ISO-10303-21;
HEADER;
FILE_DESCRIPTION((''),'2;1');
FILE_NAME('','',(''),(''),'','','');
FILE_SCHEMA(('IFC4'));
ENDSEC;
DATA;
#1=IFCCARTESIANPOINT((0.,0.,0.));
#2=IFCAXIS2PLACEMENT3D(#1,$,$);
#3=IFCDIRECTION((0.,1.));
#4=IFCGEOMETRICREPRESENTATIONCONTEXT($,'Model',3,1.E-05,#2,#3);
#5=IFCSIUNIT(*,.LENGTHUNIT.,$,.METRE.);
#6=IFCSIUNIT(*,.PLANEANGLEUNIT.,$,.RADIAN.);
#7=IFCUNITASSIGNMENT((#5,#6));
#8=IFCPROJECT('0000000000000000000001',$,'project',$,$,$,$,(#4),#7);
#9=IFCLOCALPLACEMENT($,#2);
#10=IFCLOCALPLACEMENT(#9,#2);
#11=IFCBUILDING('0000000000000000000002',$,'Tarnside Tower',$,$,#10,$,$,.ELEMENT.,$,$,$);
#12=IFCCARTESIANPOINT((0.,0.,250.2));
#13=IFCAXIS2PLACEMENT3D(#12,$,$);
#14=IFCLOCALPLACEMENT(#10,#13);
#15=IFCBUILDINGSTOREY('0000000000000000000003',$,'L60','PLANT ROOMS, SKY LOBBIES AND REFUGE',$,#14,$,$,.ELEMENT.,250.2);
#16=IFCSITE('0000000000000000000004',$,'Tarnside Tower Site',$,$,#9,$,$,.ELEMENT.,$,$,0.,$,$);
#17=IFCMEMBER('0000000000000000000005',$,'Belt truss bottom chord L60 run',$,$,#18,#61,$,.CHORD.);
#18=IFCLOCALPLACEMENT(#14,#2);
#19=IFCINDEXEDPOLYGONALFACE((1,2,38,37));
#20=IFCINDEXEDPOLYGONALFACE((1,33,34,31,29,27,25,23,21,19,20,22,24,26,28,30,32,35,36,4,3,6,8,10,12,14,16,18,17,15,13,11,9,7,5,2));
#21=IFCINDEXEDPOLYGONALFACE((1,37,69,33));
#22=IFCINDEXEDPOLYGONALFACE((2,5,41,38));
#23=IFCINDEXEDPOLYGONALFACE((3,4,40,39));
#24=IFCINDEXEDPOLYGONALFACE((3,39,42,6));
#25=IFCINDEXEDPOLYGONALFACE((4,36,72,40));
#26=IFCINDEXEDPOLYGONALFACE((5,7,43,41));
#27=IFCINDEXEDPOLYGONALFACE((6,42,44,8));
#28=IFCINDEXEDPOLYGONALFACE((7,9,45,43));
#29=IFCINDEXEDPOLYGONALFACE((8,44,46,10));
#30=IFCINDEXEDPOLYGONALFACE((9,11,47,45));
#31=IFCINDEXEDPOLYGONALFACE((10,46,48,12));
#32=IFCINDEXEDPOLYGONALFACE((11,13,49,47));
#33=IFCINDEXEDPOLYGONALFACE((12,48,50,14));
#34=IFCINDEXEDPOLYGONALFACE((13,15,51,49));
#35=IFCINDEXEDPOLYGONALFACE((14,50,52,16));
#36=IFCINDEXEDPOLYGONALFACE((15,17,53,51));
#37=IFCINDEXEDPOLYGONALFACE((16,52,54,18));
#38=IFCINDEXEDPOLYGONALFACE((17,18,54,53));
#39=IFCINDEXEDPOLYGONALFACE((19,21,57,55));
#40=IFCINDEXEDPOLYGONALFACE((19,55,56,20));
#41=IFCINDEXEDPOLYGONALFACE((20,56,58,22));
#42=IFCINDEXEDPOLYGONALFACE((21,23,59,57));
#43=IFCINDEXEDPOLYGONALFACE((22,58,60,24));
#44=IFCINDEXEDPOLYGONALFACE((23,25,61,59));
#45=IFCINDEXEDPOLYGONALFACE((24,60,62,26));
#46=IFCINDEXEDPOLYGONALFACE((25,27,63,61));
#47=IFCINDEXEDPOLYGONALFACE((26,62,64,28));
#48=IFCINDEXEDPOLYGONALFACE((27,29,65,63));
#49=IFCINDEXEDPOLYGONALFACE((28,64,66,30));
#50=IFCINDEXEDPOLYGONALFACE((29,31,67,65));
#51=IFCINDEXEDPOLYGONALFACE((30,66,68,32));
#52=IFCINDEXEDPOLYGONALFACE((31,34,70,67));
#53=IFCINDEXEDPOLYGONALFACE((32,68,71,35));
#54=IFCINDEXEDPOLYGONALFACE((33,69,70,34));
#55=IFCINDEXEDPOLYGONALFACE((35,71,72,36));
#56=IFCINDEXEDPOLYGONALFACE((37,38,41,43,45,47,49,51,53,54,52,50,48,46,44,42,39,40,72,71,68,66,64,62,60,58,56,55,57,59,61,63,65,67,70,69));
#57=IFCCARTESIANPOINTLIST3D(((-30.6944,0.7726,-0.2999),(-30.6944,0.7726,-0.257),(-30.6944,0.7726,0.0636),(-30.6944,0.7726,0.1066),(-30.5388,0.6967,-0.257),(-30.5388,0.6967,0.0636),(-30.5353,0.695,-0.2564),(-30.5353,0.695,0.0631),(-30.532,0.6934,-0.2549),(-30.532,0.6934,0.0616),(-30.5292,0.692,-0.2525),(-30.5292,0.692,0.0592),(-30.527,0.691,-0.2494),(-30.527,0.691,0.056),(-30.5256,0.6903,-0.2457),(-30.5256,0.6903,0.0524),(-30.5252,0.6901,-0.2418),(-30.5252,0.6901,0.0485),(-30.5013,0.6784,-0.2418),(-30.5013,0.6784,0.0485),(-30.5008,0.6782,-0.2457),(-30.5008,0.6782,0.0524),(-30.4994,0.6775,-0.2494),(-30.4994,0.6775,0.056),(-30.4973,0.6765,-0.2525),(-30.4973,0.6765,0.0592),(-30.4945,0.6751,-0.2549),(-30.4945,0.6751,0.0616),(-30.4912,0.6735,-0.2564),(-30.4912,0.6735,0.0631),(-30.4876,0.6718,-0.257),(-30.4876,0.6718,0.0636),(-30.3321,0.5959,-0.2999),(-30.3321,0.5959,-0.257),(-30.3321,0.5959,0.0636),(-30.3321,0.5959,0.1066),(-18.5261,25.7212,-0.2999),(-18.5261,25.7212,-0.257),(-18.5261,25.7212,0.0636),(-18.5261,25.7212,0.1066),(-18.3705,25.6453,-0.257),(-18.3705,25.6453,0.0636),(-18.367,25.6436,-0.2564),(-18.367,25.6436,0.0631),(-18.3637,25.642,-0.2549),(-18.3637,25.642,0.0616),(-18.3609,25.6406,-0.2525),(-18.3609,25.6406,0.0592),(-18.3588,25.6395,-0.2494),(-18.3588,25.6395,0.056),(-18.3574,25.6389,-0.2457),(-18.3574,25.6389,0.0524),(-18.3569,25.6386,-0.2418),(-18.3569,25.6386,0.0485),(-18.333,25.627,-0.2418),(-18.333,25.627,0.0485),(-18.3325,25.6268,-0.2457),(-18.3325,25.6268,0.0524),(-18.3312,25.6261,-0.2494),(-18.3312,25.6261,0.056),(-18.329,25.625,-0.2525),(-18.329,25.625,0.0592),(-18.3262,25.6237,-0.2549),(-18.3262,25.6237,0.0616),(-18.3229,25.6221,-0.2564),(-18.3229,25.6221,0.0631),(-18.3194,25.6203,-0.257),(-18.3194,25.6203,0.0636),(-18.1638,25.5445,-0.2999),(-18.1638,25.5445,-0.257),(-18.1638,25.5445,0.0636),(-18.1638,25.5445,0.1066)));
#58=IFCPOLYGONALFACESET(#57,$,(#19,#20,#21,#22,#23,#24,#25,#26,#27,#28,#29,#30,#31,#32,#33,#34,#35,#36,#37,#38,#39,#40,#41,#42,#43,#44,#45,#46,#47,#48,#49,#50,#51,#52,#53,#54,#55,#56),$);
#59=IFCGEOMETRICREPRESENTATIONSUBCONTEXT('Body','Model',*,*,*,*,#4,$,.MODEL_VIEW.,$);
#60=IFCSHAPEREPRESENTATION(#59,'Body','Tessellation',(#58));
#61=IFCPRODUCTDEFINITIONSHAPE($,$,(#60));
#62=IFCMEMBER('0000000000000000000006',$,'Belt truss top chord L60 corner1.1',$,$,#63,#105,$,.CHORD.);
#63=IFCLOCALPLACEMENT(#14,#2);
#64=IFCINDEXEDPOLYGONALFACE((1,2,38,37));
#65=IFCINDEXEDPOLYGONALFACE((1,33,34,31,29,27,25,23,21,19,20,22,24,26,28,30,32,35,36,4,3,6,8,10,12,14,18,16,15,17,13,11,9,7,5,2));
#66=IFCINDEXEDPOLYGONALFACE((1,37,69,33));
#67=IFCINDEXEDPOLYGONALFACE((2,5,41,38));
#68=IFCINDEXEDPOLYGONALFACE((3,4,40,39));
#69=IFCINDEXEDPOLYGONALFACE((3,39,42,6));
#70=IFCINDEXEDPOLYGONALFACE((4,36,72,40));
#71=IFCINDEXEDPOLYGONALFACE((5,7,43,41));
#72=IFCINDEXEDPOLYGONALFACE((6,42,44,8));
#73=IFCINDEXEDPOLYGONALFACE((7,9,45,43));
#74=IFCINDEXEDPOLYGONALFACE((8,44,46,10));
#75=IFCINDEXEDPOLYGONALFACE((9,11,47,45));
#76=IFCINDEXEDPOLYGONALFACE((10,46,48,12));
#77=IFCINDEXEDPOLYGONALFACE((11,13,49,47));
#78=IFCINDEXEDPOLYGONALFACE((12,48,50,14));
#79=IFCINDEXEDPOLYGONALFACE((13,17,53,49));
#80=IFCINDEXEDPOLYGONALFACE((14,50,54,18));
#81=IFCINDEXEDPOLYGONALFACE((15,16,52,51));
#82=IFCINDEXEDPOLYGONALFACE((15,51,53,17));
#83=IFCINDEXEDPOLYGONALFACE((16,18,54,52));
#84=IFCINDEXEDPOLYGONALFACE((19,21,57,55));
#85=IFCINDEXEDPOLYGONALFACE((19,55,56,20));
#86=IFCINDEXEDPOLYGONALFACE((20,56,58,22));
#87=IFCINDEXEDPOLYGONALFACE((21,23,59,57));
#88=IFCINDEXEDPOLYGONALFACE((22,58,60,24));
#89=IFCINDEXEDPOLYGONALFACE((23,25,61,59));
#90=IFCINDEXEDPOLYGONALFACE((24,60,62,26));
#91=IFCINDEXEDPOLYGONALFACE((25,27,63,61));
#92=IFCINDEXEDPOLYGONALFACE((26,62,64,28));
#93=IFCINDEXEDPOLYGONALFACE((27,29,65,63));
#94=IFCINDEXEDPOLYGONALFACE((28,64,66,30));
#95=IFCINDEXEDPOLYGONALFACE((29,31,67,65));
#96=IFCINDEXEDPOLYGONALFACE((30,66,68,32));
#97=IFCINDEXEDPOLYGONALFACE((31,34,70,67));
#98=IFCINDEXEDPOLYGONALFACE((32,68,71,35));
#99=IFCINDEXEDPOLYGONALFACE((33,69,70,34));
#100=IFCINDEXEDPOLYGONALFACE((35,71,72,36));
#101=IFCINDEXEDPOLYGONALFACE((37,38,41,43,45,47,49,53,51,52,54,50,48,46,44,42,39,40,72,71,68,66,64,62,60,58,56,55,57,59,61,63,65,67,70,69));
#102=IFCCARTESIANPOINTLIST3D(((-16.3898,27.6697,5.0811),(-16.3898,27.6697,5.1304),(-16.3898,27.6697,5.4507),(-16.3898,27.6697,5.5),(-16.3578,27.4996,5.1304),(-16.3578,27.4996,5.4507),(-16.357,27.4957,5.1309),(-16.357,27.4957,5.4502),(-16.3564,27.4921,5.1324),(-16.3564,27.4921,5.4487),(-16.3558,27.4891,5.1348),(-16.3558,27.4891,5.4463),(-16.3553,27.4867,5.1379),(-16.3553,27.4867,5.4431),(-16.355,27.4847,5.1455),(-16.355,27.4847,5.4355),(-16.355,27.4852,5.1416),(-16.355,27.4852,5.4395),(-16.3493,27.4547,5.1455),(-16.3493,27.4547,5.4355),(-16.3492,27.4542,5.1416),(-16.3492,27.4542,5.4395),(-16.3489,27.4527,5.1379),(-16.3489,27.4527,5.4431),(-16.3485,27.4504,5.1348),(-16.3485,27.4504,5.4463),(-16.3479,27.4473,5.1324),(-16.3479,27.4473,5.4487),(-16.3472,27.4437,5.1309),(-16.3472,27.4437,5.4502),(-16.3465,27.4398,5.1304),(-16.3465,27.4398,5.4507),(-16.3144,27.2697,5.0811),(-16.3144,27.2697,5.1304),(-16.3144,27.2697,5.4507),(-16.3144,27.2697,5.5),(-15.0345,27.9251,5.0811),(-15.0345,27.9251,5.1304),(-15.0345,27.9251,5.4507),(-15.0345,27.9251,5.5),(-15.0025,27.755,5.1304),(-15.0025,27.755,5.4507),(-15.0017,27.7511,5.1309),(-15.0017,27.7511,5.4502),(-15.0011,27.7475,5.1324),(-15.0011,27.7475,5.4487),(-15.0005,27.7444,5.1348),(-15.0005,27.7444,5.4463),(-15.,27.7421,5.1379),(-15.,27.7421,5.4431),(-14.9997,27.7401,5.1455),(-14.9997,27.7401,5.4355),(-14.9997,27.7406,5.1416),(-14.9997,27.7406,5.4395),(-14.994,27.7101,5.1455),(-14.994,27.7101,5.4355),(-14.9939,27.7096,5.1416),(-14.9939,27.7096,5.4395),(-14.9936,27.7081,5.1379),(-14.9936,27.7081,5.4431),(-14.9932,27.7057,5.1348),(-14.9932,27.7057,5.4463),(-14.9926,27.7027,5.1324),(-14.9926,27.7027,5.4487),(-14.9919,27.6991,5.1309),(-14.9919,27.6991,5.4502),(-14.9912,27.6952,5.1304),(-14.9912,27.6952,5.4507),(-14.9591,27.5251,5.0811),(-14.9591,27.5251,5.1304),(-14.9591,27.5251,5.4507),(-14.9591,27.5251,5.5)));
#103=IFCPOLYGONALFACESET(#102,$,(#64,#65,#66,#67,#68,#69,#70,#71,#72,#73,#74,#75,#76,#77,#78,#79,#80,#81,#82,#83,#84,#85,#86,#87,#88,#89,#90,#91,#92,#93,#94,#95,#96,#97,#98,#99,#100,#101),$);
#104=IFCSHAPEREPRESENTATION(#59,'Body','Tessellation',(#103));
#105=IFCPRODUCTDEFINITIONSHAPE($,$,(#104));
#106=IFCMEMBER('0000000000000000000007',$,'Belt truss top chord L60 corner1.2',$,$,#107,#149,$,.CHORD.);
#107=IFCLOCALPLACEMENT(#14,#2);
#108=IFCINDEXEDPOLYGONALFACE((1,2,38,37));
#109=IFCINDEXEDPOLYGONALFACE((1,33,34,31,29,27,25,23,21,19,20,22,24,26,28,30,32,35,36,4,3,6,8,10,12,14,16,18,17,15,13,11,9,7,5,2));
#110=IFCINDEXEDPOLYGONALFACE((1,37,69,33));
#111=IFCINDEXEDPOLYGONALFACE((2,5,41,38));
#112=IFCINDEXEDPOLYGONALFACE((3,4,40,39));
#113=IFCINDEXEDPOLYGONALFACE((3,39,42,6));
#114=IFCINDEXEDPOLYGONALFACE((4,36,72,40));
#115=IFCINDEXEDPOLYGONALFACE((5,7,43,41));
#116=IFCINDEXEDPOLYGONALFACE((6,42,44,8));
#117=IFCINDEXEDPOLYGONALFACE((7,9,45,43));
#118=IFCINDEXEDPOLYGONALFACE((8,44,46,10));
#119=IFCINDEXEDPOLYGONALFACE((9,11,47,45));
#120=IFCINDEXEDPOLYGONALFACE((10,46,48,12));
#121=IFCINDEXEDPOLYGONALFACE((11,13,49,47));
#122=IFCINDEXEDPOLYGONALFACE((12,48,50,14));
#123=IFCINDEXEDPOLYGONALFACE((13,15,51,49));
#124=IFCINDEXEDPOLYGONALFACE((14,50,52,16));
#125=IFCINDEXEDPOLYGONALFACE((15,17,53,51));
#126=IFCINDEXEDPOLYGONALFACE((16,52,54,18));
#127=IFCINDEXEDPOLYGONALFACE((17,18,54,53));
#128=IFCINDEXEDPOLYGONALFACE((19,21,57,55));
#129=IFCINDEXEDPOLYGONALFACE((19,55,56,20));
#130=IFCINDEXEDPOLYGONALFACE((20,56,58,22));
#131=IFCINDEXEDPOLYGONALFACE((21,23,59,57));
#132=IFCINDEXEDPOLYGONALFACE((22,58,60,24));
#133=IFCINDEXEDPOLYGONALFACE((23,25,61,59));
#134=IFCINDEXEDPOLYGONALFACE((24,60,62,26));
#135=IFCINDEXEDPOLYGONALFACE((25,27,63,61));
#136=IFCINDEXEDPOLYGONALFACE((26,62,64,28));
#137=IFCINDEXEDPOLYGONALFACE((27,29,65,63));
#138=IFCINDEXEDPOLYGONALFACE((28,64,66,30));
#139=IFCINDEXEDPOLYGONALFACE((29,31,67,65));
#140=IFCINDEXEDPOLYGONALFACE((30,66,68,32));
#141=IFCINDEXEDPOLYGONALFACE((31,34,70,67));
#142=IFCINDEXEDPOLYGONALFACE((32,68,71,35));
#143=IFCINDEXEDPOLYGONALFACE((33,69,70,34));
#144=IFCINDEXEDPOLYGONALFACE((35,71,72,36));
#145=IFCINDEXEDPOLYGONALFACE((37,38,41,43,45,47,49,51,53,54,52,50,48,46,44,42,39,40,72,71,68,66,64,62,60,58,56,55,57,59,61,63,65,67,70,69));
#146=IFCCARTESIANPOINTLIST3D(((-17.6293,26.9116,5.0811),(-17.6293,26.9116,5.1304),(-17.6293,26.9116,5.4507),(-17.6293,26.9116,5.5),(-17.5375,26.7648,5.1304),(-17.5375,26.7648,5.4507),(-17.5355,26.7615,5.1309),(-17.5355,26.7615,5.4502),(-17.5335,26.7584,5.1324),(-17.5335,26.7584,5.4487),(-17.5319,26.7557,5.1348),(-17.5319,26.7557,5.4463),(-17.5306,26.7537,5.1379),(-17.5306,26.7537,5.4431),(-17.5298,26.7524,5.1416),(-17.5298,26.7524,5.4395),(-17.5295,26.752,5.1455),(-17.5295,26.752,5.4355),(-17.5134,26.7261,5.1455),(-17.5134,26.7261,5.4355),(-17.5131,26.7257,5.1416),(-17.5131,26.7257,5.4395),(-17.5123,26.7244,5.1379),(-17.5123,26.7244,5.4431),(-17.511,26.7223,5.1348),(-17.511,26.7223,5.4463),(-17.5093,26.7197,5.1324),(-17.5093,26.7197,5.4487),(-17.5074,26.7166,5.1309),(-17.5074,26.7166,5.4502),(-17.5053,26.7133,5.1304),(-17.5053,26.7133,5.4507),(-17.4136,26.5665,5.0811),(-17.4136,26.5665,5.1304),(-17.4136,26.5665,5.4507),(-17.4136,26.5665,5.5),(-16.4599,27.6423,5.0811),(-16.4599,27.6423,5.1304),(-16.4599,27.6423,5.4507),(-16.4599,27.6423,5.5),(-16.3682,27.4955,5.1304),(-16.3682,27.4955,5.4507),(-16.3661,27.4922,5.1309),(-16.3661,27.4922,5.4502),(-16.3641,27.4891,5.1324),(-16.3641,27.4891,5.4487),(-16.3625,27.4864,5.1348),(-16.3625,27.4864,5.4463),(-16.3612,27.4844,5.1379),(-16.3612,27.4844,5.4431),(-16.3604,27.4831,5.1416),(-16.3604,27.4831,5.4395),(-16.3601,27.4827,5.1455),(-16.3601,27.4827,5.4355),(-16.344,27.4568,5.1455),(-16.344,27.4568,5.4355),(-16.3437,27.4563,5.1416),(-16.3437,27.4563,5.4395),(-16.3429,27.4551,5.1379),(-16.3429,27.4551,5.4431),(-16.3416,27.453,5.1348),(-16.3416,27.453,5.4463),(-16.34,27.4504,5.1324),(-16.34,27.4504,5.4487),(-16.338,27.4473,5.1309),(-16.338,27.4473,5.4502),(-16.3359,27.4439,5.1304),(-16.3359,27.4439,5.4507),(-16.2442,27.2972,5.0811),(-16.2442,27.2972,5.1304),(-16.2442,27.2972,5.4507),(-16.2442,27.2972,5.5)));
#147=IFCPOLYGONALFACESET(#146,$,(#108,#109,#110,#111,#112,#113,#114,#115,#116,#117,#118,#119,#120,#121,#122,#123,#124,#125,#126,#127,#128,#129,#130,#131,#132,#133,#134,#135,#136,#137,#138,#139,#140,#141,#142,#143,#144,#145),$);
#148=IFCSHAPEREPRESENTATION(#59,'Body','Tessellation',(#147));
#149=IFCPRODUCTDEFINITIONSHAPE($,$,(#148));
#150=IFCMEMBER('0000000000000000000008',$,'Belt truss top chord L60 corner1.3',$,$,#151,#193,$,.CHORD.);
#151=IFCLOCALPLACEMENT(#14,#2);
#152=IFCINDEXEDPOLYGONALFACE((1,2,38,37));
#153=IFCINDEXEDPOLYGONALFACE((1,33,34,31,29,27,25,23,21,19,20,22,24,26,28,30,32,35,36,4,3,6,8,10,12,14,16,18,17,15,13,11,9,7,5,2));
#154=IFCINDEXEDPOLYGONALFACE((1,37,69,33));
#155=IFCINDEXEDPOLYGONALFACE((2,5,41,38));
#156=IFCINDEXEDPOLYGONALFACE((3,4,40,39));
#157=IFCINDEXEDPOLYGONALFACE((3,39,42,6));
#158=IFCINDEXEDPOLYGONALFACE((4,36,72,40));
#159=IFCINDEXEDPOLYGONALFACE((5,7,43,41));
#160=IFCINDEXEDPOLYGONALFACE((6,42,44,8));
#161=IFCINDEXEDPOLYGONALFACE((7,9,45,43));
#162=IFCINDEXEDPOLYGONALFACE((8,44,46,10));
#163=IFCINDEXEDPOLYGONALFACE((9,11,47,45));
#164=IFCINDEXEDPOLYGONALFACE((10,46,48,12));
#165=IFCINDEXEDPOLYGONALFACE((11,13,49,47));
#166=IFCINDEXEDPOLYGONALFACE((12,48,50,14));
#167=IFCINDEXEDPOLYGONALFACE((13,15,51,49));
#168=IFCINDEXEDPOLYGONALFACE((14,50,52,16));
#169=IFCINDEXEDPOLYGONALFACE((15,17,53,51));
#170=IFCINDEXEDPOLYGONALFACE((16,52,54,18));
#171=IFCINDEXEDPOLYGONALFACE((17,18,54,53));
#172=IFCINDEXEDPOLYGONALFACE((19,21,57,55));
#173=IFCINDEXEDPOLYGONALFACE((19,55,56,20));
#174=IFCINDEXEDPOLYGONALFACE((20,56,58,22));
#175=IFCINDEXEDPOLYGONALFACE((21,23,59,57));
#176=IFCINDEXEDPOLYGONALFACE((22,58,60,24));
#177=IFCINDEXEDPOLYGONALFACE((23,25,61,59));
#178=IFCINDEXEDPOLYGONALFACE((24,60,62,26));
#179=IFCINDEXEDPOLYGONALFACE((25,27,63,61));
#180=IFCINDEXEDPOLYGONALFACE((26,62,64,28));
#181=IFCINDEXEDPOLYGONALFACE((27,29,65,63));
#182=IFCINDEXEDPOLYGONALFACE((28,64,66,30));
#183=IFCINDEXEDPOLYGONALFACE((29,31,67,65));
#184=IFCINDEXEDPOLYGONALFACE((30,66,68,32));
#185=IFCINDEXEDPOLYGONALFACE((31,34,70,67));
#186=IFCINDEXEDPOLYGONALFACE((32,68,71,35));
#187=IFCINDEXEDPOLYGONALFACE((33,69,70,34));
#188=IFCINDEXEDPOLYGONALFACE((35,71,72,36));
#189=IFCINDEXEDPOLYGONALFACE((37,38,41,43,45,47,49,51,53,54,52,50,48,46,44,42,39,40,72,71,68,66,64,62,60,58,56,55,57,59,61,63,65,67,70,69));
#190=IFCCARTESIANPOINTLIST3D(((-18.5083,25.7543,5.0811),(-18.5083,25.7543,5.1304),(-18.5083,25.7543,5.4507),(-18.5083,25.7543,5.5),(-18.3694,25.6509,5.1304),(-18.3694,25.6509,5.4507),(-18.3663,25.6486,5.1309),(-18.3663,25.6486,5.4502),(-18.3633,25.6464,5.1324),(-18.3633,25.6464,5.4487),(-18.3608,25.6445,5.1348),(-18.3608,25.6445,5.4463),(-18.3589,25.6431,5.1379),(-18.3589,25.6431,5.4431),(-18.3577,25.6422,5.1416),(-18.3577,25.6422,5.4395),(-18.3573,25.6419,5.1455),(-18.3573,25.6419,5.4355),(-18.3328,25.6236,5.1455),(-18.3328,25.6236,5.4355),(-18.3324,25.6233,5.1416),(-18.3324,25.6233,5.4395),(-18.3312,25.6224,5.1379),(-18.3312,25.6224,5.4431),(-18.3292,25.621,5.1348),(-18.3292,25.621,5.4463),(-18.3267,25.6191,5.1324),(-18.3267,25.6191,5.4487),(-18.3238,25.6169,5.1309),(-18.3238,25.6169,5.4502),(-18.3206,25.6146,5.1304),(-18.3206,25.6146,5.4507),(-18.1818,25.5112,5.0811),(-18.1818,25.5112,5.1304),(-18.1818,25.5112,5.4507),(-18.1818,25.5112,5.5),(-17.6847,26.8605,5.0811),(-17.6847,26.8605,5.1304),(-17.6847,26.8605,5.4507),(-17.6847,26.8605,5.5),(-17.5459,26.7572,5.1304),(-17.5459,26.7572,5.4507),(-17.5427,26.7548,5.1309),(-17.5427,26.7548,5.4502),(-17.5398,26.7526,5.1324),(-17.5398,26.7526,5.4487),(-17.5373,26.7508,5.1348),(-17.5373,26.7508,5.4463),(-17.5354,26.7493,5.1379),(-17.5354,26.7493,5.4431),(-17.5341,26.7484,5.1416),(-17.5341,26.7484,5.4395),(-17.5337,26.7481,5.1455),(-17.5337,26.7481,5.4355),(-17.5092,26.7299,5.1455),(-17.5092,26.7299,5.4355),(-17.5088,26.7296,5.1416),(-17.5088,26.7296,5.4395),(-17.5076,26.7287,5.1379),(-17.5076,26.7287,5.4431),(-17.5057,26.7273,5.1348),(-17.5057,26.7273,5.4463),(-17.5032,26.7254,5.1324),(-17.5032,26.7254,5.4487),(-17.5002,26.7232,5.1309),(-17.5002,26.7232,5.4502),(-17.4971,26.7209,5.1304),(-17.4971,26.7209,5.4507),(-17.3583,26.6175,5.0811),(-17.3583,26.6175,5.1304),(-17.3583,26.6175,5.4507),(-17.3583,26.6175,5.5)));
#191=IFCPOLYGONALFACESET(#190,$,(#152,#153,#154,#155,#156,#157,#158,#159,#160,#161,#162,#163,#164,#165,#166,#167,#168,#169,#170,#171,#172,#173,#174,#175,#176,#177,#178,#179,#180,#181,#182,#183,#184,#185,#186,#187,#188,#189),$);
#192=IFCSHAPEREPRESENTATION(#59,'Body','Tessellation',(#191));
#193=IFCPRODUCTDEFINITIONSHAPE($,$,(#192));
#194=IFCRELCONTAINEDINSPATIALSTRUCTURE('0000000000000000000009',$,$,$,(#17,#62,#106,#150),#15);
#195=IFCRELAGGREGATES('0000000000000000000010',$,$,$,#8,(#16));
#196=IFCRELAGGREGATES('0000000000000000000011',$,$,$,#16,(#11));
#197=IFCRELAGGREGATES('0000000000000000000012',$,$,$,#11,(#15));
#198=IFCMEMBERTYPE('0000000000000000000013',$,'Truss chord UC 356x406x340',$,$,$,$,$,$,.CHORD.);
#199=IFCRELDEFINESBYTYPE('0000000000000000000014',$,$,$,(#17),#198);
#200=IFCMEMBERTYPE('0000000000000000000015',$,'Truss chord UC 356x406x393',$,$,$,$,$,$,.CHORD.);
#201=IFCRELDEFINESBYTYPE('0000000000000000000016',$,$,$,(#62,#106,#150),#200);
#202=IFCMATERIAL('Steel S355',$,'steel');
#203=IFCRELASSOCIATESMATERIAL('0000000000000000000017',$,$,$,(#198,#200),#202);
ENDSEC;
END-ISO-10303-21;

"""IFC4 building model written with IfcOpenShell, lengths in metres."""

from ifc_helpers import new_model, si_unit, direction, frame, origin, origin_2d, place, context, subcontext, project, spatial, i_section, extrude, material, material_profile, profile_set, type_object, element, save


model = new_model("IFC4")

# Units and contexts
model_context = context("Model", 3, precision=1e-05, world=origin(), true_north=direction((0.0, 1.0)))
body_context = subcontext(model_context, "Body", "Model", "MODEL_VIEW")
ifc_project = project(units=[si_unit("LENGTHUNIT", "METRE"), si_unit("PLANEANGLEUNIT", "RADIAN")], contexts=[model_context])

# Site, building, storey
site_placement = place(None, origin())
site = spatial("IfcSite", under=ifc_project, at=site_placement, Name="Tarnside Tower Site", CompositionType="ELEMENT", RefElevation=0.0)
building_placement = place(site_placement, origin())
building = spatial("IfcBuilding", under=site, at=building_placement, Name="Tarnside Tower", CompositionType="ELEMENT")
storey_placement = place(building_placement, frame((0.0, 0.0, 250.2)))
storey = spatial("IfcBuildingStorey", under=building, at=storey_placement, Name="L60", Description="PLANT ROOMS, SKY LOBBIES AND REFUGE", CompositionType="ELEMENT", Elevation=250.2)

# Shared definitions
ifc_material_1 = material(Name="Steel S355", Category="steel")

# Members
ifc_material_profile_1 = material_profile(ifc_material_1, i_section(OverallWidth=0.4031, OverallDepth=0.4065, WebThickness=0.0266, FlangeThickness=0.043, FilletRadius=0.0151, at=origin_2d()), Name="UC 356x406x340")
ifc_profile_set_1 = profile_set([ifc_material_profile_1], Name="Steel S355")
member_type_1 = type_object("IfcMemberType", Name="Truss chord UC 356x406x340", PredefinedType="CHORD", material=ifc_profile_set_1)
member_1_placement = place(storey_placement, frame((-18.345, 25.6328, -0.0967), z_axis=(-0.438372, -0.898794, 0.0), x_axis=(0.898794, -0.438372, 0.0)))
element("IfcMember", 1, at=member_1_placement, inside=storey, type_object=member_type_1, Name="Belt truss bottom chord L60 run", PredefinedType="CHORD", context=body_context, shape_type="SweptSolid", body=[
    extrude(i_section(OverallWidth=0.4031, OverallDepth=0.4065, WebThickness=0.0266, FlangeThickness=0.043, FilletRadius=0.0151, at=origin_2d()), origin(), (0.0, 0.0, 1.0), 27.7578),
])
ifc_material_profile_2 = material_profile(ifc_material_1, i_section(OverallWidth=0.407, OverallDepth=0.4189, WebThickness=0.0305, FlangeThickness=0.0493, FilletRadius=0.0151, at=origin_2d()), Name="UC 356x406x393")
ifc_profile_set_2 = profile_set([ifc_material_profile_2], Name="Steel S355")
member_type_2 = type_object("IfcMemberType", Name="Truss chord UC 356x406x393", PredefinedType="CHORD", material=ifc_profile_set_2)
member_2_placement = place(storey_placement, frame((-14.9968, 27.7251, 5.2905), z_axis=(-0.982705, -0.185176, 0.0), x_axis=(0.185176, -0.982705, 0.0)))
element("IfcMember", 2, at=member_2_placement, inside=storey, type_object=member_type_2, Name="Belt truss top chord L60 corner1.1", PredefinedType="CHORD", context=body_context, shape_type="SweptSolid", body=[
    extrude(i_section(OverallWidth=0.407, OverallDepth=0.4189, WebThickness=0.0305, FlangeThickness=0.0493, FilletRadius=0.0151, at=origin_2d()), origin(), (0.0, 0.0, 1.0), 1.3792),
])
member_3_placement = place(storey_placement, frame((-16.3521, 27.4697, 5.2905), z_axis=(-0.848058, -0.529903, 0.0), x_axis=(0.529903, -0.848058, 0.0)))
element("IfcMember", 3, at=member_3_placement, inside=storey, type_object=member_type_2, Name="Belt truss top chord L60 corner1.2", PredefinedType="CHORD", context=body_context, shape_type="SweptSolid", body=[
    extrude(i_section(OverallWidth=0.407, OverallDepth=0.4189, WebThickness=0.0305, FlangeThickness=0.0493, FilletRadius=0.0151, at=origin_2d()), origin(), (0.0, 0.0, 1.0), 1.3789),
])
member_4_placement = place(storey_placement, frame((-17.5215, 26.739, 5.2905), z_axis=(-0.597135, -0.802141, 0.0), x_axis=(0.802141, -0.597135, 0.0)))
element("IfcMember", 4, at=member_4_placement, inside=storey, type_object=member_type_2, Name="Belt truss top chord L60 corner1.3", PredefinedType="CHORD", context=body_context, shape_type="SweptSolid", body=[
    extrude(i_section(OverallWidth=0.407, OverallDepth=0.4189, WebThickness=0.0305, FlangeThickness=0.0493, FilletRadius=0.0151, at=origin_2d()), origin(), (0.0, 0.0, 1.0), 1.3792),
])

save(model, "model.ifc")
